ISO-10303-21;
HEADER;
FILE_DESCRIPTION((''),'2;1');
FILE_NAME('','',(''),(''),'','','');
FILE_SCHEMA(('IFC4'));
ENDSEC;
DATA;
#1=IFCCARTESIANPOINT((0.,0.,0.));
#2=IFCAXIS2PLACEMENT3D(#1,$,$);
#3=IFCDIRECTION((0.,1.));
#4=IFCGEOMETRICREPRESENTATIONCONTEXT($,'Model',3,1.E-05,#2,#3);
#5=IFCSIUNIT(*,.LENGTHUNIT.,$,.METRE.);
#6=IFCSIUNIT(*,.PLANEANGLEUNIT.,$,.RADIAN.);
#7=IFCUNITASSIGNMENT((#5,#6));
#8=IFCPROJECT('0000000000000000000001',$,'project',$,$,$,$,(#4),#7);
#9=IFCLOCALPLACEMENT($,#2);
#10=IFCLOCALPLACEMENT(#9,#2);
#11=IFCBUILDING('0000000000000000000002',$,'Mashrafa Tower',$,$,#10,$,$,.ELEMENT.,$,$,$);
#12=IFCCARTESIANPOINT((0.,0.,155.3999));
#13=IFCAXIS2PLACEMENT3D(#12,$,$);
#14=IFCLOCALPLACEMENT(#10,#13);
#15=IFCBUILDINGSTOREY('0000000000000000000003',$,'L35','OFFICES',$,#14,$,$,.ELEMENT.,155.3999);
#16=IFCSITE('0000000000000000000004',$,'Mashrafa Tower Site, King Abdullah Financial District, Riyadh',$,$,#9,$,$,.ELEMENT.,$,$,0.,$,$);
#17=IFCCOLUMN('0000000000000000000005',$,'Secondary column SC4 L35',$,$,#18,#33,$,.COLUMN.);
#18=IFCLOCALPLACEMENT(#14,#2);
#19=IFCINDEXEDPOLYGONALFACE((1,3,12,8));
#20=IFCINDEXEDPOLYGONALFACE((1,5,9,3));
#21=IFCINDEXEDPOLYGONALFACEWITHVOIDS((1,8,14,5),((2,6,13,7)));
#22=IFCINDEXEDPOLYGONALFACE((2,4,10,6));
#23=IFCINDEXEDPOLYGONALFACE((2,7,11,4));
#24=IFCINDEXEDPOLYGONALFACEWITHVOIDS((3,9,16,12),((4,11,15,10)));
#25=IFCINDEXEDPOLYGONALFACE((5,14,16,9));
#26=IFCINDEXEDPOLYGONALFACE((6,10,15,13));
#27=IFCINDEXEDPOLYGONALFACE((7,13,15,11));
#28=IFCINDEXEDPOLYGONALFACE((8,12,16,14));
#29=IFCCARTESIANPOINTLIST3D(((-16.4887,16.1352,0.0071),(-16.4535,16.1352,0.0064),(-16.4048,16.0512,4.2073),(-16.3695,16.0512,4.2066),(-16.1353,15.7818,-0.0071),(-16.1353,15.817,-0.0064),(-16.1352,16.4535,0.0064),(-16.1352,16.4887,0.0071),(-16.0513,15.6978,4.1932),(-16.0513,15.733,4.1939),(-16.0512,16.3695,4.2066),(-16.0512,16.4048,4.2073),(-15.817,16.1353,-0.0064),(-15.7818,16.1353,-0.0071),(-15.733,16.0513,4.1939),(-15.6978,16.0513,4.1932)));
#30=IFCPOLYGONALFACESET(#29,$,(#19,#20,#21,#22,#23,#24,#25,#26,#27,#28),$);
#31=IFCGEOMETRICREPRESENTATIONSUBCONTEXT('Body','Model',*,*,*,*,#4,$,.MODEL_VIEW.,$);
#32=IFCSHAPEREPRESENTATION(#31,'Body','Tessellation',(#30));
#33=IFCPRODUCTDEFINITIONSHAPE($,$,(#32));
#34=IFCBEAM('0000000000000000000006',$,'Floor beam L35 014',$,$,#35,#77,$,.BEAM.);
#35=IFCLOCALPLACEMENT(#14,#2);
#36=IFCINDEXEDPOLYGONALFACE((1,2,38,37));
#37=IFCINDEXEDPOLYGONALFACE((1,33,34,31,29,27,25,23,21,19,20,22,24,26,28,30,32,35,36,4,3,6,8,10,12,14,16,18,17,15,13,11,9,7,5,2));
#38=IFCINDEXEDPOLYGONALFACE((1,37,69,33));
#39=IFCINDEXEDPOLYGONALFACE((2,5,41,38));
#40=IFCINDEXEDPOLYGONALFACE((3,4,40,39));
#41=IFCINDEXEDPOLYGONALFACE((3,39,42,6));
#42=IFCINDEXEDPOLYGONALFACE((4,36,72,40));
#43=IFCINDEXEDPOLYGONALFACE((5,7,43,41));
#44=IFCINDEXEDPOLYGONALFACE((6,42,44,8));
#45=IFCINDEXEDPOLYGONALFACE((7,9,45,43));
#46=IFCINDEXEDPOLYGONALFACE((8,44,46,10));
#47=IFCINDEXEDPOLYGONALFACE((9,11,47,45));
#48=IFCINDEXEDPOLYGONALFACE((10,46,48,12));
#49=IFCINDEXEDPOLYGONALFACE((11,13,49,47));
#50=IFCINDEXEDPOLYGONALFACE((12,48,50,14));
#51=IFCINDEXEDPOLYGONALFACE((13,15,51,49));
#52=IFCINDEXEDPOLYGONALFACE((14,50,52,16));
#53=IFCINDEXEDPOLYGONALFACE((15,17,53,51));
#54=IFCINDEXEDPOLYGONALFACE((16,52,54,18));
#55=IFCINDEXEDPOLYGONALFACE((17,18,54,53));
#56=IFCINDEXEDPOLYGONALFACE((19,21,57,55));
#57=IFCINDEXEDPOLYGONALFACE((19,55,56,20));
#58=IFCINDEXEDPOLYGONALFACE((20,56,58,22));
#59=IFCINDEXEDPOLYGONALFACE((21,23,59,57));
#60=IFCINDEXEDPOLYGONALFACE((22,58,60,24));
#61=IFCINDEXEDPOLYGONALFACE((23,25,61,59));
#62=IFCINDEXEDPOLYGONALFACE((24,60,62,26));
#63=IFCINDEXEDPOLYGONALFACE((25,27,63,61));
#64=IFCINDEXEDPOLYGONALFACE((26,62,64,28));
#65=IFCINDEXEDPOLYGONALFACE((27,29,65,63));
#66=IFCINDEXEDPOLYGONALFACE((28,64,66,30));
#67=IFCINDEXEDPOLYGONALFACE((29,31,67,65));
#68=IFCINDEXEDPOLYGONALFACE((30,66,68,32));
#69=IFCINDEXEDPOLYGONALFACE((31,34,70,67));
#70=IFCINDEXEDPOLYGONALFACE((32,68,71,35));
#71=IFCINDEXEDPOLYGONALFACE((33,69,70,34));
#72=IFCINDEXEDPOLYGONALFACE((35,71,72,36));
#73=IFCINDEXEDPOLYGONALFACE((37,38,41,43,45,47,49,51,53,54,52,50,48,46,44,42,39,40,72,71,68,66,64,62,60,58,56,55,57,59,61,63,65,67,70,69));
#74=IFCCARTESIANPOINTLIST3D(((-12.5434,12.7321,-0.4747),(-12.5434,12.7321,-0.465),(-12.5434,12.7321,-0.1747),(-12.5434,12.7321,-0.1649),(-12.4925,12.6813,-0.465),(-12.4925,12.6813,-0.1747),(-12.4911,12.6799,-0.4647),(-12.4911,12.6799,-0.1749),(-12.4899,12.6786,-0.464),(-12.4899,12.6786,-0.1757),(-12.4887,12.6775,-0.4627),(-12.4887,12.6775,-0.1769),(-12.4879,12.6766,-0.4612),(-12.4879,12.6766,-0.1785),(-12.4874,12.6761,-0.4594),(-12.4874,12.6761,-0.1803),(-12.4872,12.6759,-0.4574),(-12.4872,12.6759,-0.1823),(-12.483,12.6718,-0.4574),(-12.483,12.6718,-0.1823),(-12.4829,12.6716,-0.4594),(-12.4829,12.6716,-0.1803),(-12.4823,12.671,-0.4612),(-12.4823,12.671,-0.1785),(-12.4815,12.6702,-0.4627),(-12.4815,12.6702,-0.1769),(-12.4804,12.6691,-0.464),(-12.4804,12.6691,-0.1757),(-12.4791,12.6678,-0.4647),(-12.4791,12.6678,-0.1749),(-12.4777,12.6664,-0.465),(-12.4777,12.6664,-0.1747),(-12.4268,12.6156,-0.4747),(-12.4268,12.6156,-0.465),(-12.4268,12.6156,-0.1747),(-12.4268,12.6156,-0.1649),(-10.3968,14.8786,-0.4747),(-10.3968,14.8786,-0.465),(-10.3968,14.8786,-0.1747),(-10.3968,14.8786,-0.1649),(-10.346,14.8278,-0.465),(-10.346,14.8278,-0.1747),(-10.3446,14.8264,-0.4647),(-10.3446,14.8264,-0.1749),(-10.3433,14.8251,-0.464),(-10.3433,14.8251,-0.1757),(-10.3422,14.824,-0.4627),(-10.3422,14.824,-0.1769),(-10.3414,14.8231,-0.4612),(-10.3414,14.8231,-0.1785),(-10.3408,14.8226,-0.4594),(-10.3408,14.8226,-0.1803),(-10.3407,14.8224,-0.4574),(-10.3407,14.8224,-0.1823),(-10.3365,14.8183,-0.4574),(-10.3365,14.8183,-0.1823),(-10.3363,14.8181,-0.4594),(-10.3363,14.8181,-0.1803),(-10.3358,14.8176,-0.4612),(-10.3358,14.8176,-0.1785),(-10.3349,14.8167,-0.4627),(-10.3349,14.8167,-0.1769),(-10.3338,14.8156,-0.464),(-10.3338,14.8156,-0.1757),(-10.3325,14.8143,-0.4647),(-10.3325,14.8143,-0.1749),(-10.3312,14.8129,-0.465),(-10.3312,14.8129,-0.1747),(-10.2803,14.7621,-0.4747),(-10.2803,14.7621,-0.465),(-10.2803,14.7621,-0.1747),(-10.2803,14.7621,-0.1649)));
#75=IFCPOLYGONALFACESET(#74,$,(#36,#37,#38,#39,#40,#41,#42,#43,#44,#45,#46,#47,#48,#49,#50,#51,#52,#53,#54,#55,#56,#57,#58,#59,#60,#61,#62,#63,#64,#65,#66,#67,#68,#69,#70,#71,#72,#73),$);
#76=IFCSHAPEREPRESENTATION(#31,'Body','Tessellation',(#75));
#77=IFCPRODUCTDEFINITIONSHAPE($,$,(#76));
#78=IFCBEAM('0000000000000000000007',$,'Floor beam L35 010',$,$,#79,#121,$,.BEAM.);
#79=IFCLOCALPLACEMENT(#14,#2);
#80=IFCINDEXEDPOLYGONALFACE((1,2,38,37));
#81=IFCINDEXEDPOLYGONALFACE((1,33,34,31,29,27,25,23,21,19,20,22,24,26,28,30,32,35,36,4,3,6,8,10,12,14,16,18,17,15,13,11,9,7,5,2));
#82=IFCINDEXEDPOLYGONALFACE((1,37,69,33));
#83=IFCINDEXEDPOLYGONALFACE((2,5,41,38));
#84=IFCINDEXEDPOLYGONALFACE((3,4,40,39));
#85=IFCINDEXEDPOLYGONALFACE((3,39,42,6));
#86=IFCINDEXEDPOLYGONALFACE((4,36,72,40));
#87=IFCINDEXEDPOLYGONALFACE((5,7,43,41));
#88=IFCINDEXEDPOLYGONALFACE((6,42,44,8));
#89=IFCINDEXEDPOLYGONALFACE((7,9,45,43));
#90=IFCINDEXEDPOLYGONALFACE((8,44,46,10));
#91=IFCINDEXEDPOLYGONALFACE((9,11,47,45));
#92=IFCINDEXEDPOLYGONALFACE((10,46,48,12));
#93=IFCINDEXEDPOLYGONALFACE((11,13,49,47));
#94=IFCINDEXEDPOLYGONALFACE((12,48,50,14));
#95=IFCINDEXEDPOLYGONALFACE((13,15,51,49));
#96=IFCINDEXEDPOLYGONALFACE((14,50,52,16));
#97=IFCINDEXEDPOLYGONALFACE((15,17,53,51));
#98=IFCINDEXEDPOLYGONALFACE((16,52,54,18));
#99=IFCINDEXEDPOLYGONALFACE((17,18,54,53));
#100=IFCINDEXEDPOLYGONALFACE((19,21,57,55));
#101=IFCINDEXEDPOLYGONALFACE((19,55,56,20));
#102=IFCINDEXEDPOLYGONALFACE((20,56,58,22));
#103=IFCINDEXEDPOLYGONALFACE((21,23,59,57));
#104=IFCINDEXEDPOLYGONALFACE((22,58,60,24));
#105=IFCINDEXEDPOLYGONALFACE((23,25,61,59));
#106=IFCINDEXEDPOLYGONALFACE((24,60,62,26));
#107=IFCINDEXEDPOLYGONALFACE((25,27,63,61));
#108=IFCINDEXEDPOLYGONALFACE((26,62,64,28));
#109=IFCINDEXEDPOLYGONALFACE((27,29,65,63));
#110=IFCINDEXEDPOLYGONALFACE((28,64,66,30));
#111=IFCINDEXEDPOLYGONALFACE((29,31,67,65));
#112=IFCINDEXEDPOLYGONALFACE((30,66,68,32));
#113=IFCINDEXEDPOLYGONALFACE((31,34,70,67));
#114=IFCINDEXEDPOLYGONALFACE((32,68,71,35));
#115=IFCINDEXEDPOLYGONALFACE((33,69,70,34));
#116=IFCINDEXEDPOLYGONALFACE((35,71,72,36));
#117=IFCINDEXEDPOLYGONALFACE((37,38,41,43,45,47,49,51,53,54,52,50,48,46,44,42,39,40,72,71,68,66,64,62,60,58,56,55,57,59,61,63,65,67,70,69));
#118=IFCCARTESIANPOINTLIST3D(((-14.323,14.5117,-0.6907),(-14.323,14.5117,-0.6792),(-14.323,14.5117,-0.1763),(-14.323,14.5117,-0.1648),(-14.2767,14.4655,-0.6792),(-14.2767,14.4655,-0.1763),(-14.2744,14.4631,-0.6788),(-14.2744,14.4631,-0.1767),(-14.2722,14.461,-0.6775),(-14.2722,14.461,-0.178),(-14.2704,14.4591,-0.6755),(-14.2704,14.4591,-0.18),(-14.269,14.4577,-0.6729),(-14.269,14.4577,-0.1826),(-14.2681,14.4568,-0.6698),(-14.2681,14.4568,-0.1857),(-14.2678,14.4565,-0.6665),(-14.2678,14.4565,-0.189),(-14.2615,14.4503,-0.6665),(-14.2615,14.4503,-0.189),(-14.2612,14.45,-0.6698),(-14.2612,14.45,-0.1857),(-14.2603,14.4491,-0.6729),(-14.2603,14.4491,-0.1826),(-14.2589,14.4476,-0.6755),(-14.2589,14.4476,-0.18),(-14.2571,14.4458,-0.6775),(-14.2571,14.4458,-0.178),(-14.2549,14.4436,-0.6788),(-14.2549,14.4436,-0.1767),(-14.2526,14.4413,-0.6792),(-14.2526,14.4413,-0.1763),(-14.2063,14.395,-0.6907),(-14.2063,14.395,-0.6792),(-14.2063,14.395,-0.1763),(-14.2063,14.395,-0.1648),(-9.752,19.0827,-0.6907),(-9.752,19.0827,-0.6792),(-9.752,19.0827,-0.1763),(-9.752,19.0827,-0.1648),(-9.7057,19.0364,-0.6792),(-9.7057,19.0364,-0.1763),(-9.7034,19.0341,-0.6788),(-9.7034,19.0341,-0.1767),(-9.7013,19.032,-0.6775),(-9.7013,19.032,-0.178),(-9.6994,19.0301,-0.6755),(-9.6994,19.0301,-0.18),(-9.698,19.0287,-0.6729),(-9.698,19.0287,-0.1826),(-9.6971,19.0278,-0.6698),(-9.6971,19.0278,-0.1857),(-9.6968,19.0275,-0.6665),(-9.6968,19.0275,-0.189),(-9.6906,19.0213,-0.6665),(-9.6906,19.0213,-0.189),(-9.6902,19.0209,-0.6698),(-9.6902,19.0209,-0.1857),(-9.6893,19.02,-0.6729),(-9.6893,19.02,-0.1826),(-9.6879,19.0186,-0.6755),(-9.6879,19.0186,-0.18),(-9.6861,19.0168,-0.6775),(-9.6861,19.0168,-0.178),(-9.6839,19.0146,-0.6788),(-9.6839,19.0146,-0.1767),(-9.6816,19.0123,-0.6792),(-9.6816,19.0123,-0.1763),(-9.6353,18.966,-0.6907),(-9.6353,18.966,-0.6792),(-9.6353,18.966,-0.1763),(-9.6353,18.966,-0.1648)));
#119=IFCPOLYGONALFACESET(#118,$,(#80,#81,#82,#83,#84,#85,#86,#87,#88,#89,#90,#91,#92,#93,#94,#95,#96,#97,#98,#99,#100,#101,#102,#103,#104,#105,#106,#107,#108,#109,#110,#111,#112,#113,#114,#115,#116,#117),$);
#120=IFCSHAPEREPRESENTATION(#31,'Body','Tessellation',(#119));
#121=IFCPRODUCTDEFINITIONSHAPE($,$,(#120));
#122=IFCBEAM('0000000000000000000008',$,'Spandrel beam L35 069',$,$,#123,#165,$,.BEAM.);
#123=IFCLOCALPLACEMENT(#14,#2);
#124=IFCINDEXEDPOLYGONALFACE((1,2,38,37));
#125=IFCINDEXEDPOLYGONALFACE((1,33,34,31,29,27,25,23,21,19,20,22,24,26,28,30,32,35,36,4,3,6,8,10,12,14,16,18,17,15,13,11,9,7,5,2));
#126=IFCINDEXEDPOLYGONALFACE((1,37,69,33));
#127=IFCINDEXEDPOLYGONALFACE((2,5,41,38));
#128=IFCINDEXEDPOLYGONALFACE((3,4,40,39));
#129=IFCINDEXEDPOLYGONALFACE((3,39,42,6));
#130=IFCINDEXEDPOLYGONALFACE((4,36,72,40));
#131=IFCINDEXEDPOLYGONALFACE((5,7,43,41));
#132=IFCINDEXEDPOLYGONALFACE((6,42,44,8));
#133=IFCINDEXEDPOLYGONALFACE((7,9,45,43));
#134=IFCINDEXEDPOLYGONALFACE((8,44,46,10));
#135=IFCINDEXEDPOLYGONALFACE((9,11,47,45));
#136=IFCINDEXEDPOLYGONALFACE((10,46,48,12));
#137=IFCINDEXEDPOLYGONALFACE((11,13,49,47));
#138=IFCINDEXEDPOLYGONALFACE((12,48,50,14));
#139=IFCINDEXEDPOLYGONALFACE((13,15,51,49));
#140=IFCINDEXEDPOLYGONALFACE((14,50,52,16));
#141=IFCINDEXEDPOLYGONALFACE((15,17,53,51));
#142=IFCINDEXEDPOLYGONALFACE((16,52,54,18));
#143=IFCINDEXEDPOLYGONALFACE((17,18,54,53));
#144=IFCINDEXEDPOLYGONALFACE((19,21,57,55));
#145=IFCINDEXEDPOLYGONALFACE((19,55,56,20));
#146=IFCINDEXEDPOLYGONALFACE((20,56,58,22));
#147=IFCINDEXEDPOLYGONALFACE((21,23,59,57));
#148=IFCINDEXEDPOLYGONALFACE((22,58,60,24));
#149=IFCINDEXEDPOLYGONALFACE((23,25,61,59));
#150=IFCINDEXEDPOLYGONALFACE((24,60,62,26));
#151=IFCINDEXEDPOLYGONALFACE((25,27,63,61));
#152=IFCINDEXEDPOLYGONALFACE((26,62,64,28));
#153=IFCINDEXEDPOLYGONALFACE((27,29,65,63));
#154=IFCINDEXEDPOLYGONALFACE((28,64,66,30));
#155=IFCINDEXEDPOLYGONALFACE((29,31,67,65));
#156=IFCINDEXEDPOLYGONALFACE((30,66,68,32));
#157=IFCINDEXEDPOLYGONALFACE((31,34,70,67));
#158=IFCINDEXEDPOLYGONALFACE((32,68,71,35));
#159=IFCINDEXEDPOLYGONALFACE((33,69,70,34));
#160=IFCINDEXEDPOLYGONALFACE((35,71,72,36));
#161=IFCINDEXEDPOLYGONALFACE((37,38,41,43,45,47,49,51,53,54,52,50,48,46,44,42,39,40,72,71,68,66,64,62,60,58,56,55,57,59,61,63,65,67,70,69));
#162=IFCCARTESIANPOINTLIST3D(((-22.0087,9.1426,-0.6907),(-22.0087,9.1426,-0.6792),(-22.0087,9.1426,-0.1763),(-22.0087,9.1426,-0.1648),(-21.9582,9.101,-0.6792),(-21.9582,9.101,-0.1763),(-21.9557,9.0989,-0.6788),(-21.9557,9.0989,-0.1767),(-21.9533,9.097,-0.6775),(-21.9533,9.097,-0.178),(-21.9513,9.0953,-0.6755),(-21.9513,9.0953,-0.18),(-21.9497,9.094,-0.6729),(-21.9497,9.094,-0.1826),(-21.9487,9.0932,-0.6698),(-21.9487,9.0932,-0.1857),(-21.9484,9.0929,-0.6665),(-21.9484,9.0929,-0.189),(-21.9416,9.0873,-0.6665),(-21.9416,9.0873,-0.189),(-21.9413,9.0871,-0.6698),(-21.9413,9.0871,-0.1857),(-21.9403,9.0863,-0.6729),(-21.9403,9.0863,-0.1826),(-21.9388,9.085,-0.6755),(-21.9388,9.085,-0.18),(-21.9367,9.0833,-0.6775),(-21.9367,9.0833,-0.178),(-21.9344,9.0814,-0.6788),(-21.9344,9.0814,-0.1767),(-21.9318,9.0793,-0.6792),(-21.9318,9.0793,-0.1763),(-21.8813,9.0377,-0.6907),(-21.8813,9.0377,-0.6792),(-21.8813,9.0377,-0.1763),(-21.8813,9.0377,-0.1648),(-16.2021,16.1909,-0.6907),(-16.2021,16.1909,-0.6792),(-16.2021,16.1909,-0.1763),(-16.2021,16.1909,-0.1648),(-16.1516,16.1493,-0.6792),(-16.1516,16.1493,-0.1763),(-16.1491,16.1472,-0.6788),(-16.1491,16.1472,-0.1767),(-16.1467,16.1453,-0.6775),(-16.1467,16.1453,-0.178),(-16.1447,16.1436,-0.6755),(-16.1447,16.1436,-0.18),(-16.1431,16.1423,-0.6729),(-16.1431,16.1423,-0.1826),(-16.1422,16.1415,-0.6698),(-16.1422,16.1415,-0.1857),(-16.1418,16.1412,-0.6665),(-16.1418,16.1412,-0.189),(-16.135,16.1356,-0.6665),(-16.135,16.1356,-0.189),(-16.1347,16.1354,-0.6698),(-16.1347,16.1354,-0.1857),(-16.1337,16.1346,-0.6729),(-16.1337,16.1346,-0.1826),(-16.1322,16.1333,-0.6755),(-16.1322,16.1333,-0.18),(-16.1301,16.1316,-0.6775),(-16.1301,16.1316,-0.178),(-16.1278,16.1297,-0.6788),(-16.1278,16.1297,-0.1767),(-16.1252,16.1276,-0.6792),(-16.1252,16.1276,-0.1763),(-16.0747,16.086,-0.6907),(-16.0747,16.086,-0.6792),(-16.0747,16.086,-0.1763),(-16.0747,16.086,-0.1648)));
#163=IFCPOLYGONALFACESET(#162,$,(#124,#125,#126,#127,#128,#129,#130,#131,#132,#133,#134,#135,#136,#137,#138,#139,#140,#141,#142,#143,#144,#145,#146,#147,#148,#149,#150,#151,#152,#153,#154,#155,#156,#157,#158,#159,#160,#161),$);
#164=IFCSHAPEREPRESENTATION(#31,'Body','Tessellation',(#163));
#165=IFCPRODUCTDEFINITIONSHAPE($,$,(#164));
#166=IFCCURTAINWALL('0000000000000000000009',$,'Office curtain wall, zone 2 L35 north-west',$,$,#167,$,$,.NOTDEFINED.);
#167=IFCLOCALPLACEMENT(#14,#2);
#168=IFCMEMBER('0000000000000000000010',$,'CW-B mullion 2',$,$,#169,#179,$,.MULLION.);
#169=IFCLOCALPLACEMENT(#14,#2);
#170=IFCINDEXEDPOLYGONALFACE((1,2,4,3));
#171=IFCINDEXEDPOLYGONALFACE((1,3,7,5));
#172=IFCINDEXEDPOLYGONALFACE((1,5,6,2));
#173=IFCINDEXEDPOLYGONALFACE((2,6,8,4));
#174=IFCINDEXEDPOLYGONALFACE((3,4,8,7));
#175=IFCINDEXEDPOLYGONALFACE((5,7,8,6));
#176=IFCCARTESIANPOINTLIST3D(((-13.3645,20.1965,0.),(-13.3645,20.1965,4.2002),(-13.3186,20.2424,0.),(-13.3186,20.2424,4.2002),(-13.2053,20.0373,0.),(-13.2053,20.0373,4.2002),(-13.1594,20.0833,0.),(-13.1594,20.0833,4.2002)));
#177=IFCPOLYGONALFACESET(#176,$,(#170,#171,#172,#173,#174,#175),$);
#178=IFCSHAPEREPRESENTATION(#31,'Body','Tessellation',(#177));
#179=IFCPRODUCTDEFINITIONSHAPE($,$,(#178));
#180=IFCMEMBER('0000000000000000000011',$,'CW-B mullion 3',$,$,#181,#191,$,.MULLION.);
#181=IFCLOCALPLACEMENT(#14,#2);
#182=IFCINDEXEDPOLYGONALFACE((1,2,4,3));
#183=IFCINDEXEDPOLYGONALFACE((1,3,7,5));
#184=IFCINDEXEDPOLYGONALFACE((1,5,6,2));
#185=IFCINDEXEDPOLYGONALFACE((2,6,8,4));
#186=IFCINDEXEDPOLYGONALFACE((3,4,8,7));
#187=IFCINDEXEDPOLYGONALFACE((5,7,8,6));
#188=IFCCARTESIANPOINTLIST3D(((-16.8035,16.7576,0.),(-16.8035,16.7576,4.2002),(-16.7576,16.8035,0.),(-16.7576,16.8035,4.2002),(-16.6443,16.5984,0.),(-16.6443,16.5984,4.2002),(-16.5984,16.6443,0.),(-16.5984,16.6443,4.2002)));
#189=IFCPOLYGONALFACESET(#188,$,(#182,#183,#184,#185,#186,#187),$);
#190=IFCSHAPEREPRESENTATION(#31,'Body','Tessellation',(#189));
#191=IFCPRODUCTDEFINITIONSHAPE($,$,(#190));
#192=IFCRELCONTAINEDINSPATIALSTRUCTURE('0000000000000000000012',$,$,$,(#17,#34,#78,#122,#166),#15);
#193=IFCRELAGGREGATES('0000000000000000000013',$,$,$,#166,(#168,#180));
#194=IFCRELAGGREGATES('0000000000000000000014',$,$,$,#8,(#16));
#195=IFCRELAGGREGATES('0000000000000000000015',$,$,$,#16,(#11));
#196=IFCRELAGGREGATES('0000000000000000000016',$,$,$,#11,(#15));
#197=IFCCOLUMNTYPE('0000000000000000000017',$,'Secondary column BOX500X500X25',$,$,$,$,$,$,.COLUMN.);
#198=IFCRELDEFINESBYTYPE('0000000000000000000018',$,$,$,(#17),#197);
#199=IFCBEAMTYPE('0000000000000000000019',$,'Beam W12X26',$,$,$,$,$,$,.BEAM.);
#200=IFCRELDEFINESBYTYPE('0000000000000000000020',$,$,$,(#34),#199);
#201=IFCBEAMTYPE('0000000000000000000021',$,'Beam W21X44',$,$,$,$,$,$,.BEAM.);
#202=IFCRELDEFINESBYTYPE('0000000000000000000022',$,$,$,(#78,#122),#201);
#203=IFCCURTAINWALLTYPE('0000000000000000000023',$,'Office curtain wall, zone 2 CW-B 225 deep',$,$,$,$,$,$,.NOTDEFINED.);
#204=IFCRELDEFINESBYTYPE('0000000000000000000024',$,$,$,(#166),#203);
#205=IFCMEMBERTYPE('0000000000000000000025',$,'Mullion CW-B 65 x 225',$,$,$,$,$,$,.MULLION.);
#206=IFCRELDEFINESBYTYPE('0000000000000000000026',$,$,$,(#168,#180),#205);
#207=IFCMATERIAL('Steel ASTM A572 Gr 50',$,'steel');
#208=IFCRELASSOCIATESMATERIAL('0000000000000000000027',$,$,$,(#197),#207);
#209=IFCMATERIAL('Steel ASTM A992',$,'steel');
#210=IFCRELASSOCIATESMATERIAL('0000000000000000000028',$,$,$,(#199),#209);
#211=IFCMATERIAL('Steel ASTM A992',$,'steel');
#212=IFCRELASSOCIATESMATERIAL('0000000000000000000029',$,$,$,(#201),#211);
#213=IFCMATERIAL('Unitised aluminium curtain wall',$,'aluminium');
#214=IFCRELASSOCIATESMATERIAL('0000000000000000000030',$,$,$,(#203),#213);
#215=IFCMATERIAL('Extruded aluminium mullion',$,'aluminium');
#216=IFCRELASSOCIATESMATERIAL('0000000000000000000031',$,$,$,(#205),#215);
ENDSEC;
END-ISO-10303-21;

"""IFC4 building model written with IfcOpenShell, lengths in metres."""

from ifc_helpers import new_model, si_unit, direction, frame, origin, origin_2d, place, context, subcontext, project, spatial, rectangle, hollow_rectangle, i_section, extrude, source, transform, mapped, material, material_profile, profile_set, type_object, type_shapes, element, aggregate, save


model = new_model("IFC4")

# Units and contexts
model_context = context("Model", 3, precision=1e-05, world=origin(), true_north=direction((0.0, 1.0)))
body_context = subcontext(model_context, "Body", "Model", "MODEL_VIEW")
ifc_project = project(units=[si_unit("LENGTHUNIT", "METRE"), si_unit("PLANEANGLEUNIT", "RADIAN")], contexts=[model_context])

# Site, building, storey
site_placement = place(None, origin())
site = spatial("IfcSite", under=ifc_project, at=site_placement, Name="Mashrafa Tower Site, King Abdullah Financial District, Riyadh", CompositionType="ELEMENT", RefElevation=0.0)
building_placement = place(site_placement, origin())
building = spatial("IfcBuilding", under=site, at=building_placement, Name="Mashrafa Tower", CompositionType="ELEMENT")
storey_placement = place(building_placement, frame((0.0, 0.0, 155.3999)))
storey = spatial("IfcBuildingStorey", under=building, at=storey_placement, Name="L35", Description="OFFICES", CompositionType="ELEMENT", Elevation=155.3999)

# Column
ifc_material_1 = material(Name="Steel ASTM A572 Gr 50", Category="steel")
ifc_material_profile_1 = material_profile(ifc_material_1, hollow_rectangle(XDim=0.5, YDim=0.5, WallThickness=0.0249, at=origin_2d()), Name="BOX500X500X25")
ifc_profile_set_1 = profile_set([ifc_material_profile_1], Name="Steel ASTM A572 Gr 50")
column_type = type_object("IfcColumnType", Name="Secondary column BOX500X500X25", PredefinedType="COLUMN", material=ifc_profile_set_1)
column_placement = place(storey_placement, frame((-16.1353, 16.1353, 0.0), z_axis=(0.019987, -0.019987, 0.9996), x_axis=(0.707107, 0.707107, 0.0)))
element("IfcColumn", 1, at=column_placement, inside=storey, type_object=column_type, Name="Secondary column SC4 L35", PredefinedType="COLUMN", context=body_context, shape_type="SweptSolid", body=[
    extrude(hollow_rectangle(XDim=0.5, YDim=0.5, WallThickness=0.0249, at=origin_2d()), origin(), (0.0, 0.0, 1.0), 4.2019),
])

# Beams
ifc_material_2 = material(Name="Steel ASTM A992", Category="steel")
ifc_material_profile_2 = material_profile(ifc_material_2, i_section(OverallWidth=0.1648, OverallDepth=0.3098, WebThickness=0.0059, FlangeThickness=0.0098, FilletRadius=0.0076, at=origin_2d()), Name="W12X26")
ifc_profile_set_2 = profile_set([ifc_material_profile_2], Name="Steel ASTM A992")
beam_type_1 = type_object("IfcBeamType", Name="Beam W12X26", PredefinedType="BEAM", material=ifc_profile_set_2)
beam_1_placement = place(storey_placement, frame((-12.4851, 12.6738, -0.3198), z_axis=(0.707107, 0.707107, 0.0), x_axis=(-0.707107, 0.707107, 0.0)))
element("IfcBeam", 2, at=beam_1_placement, inside=storey, type_object=beam_type_1, Name="Floor beam L35 014", PredefinedType="BEAM", context=body_context, shape_type="SweptSolid", body=[
    extrude(i_section(OverallWidth=0.1648, OverallDepth=0.3098, WebThickness=0.0059, FlangeThickness=0.0098, FilletRadius=0.0076, at=origin_2d()), origin(), (0.0, 0.0, 1.0), 3.0356),
])
ifc_material_3 = material(Name="Steel ASTM A992", Category="steel")
ifc_material_profile_3 = material_profile(ifc_material_3, i_section(OverallWidth=0.165, OverallDepth=0.5259, WebThickness=0.0088, FlangeThickness=0.0115, FilletRadius=0.0127, at=origin_2d()), Name="W21X44")
ifc_profile_set_3 = profile_set([ifc_material_profile_3], Name="Steel ASTM A992")
beam_type_2 = type_object("IfcBeamType", Name="Beam W21X44", PredefinedType="BEAM", material=ifc_profile_set_3)
beam_2_placement = place(storey_placement, frame((-14.2646, 14.4534, -0.4277), z_axis=(0.707107, 0.707107, 0.0), x_axis=(-0.707107, 0.707107, 0.0)))
element("IfcBeam", 3, at=beam_2_placement, inside=storey, type_object=beam_type_2, Name="Floor beam L35 010", PredefinedType="BEAM", context=body_context, shape_type="SweptSolid", body=[
    extrude(i_section(OverallWidth=0.165, OverallDepth=0.5259, WebThickness=0.0088, FlangeThickness=0.0115, FilletRadius=0.0127, at=origin_2d()), origin(), (0.0, 0.0, 1.0), 6.4644),
])
beam_3_placement = place(storey_placement, frame((-16.1384, 16.1384, -0.4277), z_axis=(-0.635846, -0.771816, 0.0), x_axis=(0.771816, -0.635846, 0.0)))
element("IfcBeam", 4, at=beam_3_placement, inside=storey, type_object=beam_type_2, Name="Spandrel beam L35 069", PredefinedType="BEAM", context=body_context, shape_type="SweptSolid", body=[
    extrude(i_section(OverallWidth=0.165, OverallDepth=0.5259, WebThickness=0.0088, FlangeThickness=0.0115, FilletRadius=0.0127, at=origin_2d()), origin(), (0.0, 0.0, 1.0), 9.1321),
])

# Curtain wall, members
ifc_material_4 = material(Name="Unitised aluminium curtain wall", Category="aluminium")
curtain_wall_type = type_object("IfcCurtainWallType", Name="Office curtain wall, zone 2 CW-B 225 deep", PredefinedType="NOTDEFINED", material=ifc_material_4)
curtain_wall_placement = place(storey_placement, origin())
curtain_wall = element("IfcCurtainWall", 5, at=curtain_wall_placement, inside=storey, type_object=curtain_wall_type, Name="Office curtain wall, zone 2 L35 north-west", PredefinedType="NOTDEFINED")
ifc_material_5 = material(Name="Extruded aluminium mullion", Category="aluminium")
ifc_material_profile_4 = material_profile(ifc_material_5, rectangle(XDim=0.2251, YDim=0.0649, at=origin_2d()), Name="Mullion 65x225")
ifc_profile_set_4 = profile_set([ifc_material_profile_4], Name="Extruded aluminium mullion")
member_type_1 = type_object("IfcMemberType", Name="Mullion CW-B 65 x 225", PredefinedType="MULLION", material=ifc_profile_set_4)
shared_shape_1 = source(origin(), body_context, "Body", "SweptSolid", [
    extrude(rectangle(XDim=0.2251, YDim=0.0649, at=origin_2d()), origin(), (0.0, 0.0, 1.0), 4.2002),
])
type_shapes(member_type_1, [shared_shape_1])
member_1_placement = place(storey_placement, frame((-13.262, 20.1399, 0.0), z_axis=(0.0, 0.0, 1.0), x_axis=(0.707107, -0.707107, 0.0)))
member_1 = element("IfcMember", 6, at=member_1_placement, type_object=member_type_1, Name="CW-B mullion 2", PredefinedType="MULLION", context=body_context, shape_type="MappedRepresentation", body=[
    mapped(shared_shape_1, transform((0.0, 0.0, 0.0))),
])
member_2_placement = place(storey_placement, frame((-16.7009, 16.7009, 0.0), z_axis=(0.0, 0.0, 1.0), x_axis=(0.707107, -0.707107, 0.0)))
member_2 = element("IfcMember", 7, at=member_2_placement, type_object=member_type_1, Name="CW-B mullion 3", PredefinedType="MULLION", context=body_context, shape_type="MappedRepresentation", body=[
    mapped(shared_shape_1, transform((0.0, 0.0, 0.0))),
])
aggregate(curtain_wall, [member_1, member_2])

save(model, "model.ifc")
